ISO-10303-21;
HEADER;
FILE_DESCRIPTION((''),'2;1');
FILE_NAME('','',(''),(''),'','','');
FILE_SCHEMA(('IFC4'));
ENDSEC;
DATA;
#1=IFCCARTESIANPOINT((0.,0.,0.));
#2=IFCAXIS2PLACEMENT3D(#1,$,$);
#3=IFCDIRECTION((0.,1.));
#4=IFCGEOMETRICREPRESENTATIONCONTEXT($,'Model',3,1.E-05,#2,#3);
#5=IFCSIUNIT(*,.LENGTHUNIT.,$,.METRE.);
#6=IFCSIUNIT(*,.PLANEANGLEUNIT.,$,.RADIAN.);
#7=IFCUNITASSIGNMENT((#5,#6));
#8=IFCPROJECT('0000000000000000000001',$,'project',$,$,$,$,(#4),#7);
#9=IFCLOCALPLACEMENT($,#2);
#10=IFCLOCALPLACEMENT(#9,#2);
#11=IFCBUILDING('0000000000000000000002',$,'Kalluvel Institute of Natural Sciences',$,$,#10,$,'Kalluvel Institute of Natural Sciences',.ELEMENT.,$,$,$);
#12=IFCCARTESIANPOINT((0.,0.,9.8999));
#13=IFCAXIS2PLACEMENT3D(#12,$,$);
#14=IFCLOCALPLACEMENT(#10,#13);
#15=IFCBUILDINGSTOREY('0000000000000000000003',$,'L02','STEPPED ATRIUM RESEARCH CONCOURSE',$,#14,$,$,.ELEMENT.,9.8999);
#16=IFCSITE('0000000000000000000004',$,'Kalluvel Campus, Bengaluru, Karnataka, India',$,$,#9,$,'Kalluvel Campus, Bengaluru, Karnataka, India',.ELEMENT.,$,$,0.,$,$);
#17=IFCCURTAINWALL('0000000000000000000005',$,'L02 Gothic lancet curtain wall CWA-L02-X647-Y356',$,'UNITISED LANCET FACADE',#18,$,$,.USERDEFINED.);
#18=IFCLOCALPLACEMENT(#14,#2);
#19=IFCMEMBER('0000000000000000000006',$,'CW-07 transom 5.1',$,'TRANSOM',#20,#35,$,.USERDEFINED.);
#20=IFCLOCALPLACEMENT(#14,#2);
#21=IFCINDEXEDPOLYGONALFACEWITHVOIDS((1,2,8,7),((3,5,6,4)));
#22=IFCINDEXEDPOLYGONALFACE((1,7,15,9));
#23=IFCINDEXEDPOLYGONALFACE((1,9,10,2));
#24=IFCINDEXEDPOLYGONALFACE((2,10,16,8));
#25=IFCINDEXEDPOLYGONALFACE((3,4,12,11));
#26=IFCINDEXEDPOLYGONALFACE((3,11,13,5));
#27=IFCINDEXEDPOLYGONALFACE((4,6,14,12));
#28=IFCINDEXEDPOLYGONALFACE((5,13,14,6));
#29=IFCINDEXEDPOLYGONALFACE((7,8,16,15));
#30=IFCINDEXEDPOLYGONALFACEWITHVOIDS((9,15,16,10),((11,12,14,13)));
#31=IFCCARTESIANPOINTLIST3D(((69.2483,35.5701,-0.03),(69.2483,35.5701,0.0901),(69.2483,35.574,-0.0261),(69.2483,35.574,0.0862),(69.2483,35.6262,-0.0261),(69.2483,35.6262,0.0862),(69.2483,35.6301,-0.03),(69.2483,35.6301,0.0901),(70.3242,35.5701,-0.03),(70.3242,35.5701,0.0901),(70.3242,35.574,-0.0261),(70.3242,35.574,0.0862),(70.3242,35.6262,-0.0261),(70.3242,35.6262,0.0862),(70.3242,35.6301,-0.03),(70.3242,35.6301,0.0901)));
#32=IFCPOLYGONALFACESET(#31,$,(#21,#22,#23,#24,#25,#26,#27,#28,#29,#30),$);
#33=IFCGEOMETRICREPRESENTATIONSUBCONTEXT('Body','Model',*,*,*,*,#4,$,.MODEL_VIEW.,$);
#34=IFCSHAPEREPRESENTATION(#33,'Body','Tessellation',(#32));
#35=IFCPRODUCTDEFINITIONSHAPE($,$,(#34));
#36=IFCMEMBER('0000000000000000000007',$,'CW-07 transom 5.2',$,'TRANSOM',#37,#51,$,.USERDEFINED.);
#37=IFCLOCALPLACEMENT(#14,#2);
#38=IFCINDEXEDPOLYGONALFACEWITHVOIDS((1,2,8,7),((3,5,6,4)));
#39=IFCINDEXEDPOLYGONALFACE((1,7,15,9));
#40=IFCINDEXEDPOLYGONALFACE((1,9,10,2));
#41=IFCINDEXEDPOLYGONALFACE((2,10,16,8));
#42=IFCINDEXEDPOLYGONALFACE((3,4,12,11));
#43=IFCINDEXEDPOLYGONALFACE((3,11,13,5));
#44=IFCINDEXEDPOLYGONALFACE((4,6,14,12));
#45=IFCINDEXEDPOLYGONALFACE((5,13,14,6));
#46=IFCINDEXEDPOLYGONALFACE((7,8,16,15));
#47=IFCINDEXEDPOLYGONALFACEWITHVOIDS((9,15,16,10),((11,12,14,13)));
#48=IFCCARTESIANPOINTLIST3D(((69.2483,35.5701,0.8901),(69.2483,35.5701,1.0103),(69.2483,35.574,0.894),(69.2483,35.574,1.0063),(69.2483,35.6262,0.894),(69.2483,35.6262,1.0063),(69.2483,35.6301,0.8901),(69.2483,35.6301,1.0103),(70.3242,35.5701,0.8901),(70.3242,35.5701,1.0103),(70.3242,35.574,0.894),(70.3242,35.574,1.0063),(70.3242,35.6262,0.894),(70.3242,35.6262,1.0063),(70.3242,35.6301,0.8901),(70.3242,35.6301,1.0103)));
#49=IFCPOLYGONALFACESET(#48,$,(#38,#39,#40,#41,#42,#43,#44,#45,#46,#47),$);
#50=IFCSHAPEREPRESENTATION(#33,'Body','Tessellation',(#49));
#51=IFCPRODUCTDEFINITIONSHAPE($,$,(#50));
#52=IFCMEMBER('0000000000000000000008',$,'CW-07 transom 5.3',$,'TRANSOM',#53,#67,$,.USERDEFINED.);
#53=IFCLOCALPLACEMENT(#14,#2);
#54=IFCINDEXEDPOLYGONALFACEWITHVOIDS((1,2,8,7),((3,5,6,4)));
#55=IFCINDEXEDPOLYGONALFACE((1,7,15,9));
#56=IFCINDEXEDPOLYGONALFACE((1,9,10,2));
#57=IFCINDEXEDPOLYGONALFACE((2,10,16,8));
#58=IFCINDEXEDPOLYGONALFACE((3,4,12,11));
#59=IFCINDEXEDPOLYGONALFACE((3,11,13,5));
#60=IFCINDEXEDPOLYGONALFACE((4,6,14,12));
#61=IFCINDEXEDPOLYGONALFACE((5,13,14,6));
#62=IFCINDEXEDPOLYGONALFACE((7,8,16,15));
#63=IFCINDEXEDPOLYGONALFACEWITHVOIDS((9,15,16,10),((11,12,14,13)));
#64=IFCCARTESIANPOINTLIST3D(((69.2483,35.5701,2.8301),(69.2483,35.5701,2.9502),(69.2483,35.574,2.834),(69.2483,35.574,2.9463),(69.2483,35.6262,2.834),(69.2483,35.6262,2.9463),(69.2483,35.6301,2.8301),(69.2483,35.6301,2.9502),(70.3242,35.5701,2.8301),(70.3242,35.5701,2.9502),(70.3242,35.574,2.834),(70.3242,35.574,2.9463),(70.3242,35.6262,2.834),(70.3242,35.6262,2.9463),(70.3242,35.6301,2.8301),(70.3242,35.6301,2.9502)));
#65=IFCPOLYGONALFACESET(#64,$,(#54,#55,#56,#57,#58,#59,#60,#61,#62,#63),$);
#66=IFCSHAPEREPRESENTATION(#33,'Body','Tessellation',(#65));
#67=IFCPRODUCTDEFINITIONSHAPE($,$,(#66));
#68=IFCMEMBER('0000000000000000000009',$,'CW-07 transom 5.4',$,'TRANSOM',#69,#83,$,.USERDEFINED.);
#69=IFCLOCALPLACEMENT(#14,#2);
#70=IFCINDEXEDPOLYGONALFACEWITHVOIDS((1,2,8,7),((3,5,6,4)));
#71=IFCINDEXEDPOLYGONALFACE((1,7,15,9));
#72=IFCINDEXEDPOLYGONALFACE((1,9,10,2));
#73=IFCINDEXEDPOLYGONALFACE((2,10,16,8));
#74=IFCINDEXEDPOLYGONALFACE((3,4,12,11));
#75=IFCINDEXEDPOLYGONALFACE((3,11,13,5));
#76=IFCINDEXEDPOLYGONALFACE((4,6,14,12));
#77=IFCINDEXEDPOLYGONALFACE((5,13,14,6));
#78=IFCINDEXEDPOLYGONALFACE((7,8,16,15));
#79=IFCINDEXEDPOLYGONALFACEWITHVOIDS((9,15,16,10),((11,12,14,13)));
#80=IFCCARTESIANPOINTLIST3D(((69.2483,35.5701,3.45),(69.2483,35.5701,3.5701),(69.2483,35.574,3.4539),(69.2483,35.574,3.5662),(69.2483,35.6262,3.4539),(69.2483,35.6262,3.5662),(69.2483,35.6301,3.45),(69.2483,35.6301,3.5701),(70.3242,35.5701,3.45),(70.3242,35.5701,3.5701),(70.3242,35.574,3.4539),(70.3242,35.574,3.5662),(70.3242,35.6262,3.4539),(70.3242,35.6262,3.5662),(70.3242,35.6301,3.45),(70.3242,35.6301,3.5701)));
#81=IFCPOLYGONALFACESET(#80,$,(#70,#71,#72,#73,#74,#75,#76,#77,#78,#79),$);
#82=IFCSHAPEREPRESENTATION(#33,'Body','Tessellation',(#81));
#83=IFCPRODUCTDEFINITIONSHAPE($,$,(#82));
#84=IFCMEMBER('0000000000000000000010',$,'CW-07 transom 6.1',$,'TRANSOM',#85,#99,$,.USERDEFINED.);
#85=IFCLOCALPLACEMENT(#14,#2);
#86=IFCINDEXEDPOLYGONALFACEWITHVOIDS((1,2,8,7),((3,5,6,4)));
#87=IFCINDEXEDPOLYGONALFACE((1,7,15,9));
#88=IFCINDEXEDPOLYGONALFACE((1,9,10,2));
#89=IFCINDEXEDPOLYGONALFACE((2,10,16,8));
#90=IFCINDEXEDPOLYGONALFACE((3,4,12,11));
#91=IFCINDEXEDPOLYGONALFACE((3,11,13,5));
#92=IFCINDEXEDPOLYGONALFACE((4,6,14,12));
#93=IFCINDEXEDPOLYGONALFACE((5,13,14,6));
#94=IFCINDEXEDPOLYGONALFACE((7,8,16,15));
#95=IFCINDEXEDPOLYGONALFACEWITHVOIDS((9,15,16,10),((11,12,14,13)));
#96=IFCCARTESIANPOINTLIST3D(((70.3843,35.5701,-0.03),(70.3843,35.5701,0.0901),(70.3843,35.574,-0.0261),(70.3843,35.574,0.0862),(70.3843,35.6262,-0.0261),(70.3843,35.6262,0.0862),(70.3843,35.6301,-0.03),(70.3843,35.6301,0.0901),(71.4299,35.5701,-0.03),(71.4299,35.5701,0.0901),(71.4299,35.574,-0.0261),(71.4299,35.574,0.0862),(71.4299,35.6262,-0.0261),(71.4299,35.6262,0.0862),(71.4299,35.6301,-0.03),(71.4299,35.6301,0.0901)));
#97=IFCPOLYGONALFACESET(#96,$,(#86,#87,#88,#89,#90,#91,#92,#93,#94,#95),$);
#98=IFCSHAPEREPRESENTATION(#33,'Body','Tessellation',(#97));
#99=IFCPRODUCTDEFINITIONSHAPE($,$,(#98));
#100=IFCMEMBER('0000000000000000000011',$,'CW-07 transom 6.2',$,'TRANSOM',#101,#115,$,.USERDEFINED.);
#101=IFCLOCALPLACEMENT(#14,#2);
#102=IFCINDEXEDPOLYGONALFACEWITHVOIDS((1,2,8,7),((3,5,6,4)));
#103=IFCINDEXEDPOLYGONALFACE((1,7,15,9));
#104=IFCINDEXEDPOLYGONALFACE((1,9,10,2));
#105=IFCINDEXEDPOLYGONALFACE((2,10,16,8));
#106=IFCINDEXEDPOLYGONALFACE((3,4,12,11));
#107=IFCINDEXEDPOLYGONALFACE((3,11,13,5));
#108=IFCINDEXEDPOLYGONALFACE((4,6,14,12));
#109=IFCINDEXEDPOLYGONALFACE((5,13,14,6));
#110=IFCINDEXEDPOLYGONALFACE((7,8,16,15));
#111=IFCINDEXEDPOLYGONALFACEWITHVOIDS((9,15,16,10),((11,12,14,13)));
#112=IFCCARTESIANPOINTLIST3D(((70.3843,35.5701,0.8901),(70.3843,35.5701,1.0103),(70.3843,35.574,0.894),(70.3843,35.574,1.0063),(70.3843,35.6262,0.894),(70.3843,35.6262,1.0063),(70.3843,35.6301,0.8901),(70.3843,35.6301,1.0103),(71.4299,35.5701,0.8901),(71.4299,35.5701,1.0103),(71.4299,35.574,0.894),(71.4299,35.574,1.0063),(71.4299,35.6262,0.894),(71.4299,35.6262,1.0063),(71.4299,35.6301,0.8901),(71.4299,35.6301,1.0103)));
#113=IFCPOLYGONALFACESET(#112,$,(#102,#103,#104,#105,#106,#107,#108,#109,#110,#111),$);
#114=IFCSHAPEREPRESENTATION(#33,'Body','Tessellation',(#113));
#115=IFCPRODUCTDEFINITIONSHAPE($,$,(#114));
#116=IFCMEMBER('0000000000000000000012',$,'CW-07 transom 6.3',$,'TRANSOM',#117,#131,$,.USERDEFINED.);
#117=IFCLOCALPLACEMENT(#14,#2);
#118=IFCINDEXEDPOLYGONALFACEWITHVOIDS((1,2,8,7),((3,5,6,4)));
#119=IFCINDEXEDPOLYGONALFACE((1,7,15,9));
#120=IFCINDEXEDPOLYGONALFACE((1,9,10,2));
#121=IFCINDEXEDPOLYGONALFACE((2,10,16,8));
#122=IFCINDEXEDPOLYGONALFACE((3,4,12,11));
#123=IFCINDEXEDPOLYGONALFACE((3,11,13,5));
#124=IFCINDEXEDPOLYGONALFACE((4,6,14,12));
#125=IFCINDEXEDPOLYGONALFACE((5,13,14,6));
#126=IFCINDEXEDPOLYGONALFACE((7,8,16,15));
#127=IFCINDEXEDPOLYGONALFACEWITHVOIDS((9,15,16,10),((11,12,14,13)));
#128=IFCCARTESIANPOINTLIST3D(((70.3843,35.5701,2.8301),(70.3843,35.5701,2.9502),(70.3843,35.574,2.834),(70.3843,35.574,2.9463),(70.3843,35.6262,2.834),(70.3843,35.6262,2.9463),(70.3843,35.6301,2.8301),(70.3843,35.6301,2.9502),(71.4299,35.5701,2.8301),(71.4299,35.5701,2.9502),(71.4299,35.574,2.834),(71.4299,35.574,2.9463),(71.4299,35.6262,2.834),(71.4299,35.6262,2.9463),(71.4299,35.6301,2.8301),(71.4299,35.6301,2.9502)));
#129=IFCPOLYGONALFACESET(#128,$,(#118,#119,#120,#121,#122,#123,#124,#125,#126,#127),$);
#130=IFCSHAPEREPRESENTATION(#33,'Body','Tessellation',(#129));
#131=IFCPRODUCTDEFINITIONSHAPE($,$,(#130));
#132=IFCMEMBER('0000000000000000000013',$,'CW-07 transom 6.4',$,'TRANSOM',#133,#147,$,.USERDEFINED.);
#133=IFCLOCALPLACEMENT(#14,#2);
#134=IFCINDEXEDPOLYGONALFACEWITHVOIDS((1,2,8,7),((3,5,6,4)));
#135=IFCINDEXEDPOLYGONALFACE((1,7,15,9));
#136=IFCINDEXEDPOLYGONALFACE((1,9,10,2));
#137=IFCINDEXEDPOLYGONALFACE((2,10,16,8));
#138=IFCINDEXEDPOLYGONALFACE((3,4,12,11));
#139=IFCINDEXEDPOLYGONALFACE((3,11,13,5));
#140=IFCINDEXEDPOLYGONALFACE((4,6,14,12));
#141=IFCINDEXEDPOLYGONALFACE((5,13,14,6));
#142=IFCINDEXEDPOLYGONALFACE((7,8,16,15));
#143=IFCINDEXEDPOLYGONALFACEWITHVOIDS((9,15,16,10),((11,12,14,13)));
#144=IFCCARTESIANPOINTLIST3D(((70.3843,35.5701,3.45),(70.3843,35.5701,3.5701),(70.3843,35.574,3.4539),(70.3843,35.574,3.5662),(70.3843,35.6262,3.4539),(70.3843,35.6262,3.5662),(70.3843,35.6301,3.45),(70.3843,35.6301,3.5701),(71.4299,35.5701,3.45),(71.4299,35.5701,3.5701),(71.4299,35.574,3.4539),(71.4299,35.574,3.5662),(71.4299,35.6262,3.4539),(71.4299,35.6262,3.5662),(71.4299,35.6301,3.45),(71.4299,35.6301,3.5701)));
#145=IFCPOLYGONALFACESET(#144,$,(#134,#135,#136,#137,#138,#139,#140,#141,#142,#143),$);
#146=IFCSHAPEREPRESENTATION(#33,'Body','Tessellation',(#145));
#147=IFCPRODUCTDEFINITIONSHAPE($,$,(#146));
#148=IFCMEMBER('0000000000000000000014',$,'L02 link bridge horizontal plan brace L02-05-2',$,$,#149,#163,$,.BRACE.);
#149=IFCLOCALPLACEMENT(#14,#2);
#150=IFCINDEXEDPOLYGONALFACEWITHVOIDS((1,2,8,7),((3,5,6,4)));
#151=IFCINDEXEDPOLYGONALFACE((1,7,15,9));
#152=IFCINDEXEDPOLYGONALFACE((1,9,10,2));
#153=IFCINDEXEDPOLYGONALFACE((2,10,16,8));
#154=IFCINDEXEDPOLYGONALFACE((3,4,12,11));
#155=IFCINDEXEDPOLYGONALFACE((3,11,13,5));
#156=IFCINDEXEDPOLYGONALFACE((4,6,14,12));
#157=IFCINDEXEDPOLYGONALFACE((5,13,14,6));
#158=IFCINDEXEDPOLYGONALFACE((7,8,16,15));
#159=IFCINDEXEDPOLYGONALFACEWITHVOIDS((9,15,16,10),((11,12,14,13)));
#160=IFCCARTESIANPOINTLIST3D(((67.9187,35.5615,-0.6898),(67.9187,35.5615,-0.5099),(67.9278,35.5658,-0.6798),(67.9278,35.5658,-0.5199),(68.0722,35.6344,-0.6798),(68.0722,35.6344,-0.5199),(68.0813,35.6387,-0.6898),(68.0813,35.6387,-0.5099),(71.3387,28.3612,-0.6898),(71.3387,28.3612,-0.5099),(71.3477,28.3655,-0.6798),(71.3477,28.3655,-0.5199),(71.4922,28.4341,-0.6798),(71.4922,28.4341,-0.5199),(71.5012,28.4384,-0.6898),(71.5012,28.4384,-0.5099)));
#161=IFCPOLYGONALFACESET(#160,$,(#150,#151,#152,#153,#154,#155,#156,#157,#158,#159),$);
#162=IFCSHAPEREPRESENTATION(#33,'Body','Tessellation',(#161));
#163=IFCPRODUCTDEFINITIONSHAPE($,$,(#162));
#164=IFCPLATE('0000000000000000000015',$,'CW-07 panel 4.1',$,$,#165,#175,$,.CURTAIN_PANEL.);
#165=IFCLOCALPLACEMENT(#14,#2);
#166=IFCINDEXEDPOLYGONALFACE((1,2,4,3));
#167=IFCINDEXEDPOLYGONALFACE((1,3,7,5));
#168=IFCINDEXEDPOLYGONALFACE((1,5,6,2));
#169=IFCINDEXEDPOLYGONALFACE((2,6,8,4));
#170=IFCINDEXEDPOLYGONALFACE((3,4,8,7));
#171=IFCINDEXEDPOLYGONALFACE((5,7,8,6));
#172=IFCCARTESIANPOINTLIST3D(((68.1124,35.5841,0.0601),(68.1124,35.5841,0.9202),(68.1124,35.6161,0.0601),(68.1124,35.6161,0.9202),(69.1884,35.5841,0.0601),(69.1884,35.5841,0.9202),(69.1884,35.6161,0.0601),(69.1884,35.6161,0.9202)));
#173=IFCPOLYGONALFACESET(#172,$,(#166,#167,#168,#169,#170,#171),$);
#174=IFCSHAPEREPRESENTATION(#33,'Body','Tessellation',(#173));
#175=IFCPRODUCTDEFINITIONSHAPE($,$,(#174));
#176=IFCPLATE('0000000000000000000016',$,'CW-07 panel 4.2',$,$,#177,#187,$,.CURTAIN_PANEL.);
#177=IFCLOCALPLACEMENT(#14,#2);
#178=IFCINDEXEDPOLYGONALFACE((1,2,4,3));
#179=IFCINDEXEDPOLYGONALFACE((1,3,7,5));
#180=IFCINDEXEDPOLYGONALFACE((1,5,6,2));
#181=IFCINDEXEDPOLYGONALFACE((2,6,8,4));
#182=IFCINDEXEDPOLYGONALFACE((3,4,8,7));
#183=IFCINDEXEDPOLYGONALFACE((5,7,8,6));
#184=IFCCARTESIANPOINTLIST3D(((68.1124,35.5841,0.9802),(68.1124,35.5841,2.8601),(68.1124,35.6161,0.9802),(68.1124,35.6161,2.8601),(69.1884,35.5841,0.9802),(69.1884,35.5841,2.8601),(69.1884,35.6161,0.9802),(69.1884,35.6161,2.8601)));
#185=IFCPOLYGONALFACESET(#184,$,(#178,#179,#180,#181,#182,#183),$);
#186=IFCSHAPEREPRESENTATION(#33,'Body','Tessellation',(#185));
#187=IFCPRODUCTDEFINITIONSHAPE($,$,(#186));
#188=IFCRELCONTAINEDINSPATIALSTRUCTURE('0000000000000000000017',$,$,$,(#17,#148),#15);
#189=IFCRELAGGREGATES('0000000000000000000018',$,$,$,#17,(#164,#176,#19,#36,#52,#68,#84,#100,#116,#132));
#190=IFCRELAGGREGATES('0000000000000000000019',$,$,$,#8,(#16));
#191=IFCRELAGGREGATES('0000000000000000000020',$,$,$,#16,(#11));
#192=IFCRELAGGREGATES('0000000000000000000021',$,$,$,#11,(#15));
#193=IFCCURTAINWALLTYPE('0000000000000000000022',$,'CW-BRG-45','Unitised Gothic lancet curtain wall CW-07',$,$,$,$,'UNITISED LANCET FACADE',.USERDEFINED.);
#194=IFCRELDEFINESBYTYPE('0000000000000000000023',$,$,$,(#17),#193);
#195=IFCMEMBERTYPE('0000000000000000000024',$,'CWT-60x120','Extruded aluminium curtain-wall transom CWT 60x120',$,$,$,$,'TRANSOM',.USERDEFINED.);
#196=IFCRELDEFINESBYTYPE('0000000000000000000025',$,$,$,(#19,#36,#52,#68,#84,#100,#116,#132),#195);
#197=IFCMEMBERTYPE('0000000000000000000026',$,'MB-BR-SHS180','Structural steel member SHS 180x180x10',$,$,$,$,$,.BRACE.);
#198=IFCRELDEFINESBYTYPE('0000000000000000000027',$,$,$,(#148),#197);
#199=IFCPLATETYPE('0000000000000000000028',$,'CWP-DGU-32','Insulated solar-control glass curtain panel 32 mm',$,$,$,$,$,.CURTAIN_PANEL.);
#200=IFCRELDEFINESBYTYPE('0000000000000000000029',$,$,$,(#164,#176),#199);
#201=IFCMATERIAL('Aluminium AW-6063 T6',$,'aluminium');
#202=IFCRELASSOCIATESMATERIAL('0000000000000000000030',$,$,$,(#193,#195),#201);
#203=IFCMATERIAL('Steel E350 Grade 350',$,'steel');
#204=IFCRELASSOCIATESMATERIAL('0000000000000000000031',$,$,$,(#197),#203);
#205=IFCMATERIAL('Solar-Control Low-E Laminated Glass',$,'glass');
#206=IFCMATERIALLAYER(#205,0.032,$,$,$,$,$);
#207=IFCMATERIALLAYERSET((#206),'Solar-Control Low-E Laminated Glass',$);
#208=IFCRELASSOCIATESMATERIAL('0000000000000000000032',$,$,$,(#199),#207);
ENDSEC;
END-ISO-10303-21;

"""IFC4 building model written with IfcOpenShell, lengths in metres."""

from ifc_helpers import new_model, si_unit, direction, frame, origin, origin_2d, place, context, subcontext, project, spatial, rectangle, hollow_rectangle, extrude, material, layer, layer_set, material_profile, profile_set, type_object, element, aggregate, save


model = new_model("IFC4")

# Units and contexts
model_context = context("Model", 3, precision=1e-05, world=origin(), true_north=direction((0.0, 1.0)))
body_context = subcontext(model_context, "Body", "Model", "MODEL_VIEW")
ifc_project = project(units=[si_unit("LENGTHUNIT", "METRE"), si_unit("PLANEANGLEUNIT", "RADIAN")], contexts=[model_context])

# Site, building, storey
site_placement = place(None, origin())
site = spatial("IfcSite", under=ifc_project, at=site_placement, Name="Kalluvel Campus, Bengaluru, Karnataka, India", LongName="Kalluvel Campus, Bengaluru, Karnataka, India", CompositionType="ELEMENT", RefElevation=0.0)
building_placement = place(site_placement, origin())
building = spatial("IfcBuilding", under=site, at=building_placement, Name="Kalluvel Institute of Natural Sciences", LongName="Kalluvel Institute of Natural Sciences", CompositionType="ELEMENT")
storey_placement = place(building_placement, frame((0.0, 0.0, 9.8999)))
storey = spatial("IfcBuildingStorey", under=building, at=storey_placement, Name="L02", Description="STEPPED ATRIUM RESEARCH CONCOURSE", CompositionType="ELEMENT", Elevation=9.8999)

# Shared definitions
ifc_material_1 = material(Name="Steel E350 Grade 350", Category="steel")

# Curtain wall, members
ifc_material_2 = material(Name="Aluminium AW-6063 T6", Category="aluminium")
curtain_wall_type = type_object("IfcCurtainWallType", Name="CW-BRG-45", Description="Unitised Gothic lancet curtain wall CW-07", ElementType="UNITISED LANCET FACADE", PredefinedType="USERDEFINED", material=ifc_material_2)
curtain_wall_placement = place(storey_placement, origin())
curtain_wall = element("IfcCurtainWall", 1, at=curtain_wall_placement, inside=storey, type_object=curtain_wall_type, Name="L02 Gothic lancet curtain wall CWA-L02-X647-Y356", ObjectType="UNITISED LANCET FACADE", PredefinedType="USERDEFINED")
ifc_material_profile_1 = material_profile(ifc_material_2, hollow_rectangle(XDim=0.0601, YDim=0.1201, WallThickness=0.0039, at=origin_2d()), Name="CWT 60x120")
ifc_profile_set_1 = profile_set([ifc_material_profile_1], Name="Aluminium AW-6063 T6")
member_type_1 = type_object("IfcMemberType", Name="CWT-60x120", Description="Extruded aluminium curtain-wall transom CWT 60x120", ElementType="TRANSOM", PredefinedType="USERDEFINED", material=ifc_profile_set_1)
member_1_placement = place(storey_placement, frame((69.2483, 35.6001, 0.03), z_axis=(1.0, 0.0, 0.0), x_axis=(0.0, 1.0, 0.0)))
member_1 = element("IfcMember", 2, at=member_1_placement, type_object=member_type_1, Name="CW-07 transom 5.1", ObjectType="TRANSOM", PredefinedType="USERDEFINED", context=body_context, shape_type="SweptSolid", body=[
    extrude(hollow_rectangle(XDim=0.0601, YDim=0.1201, WallThickness=0.0039, at=origin_2d()), origin(), (0.0, 0.0, 1.0), 1.0759),
])
member_2_placement = place(storey_placement, frame((69.2483, 35.6001, 0.9502), z_axis=(1.0, 0.0, 0.0), x_axis=(0.0, 1.0, 0.0)))
member_2 = element("IfcMember", 3, at=member_2_placement, type_object=member_type_1, Name="CW-07 transom 5.2", ObjectType="TRANSOM", PredefinedType="USERDEFINED", context=body_context, shape_type="SweptSolid", body=[
    extrude(hollow_rectangle(XDim=0.0601, YDim=0.1201, WallThickness=0.0039, at=origin_2d()), origin(), (0.0, 0.0, 1.0), 1.0759),
])
member_3_placement = place(storey_placement, frame((69.2483, 35.6001, 2.8901), z_axis=(1.0, 0.0, 0.0), x_axis=(0.0, 1.0, 0.0)))
member_3 = element("IfcMember", 4, at=member_3_placement, type_object=member_type_1, Name="CW-07 transom 5.3", ObjectType="TRANSOM", PredefinedType="USERDEFINED", context=body_context, shape_type="SweptSolid", body=[
    extrude(hollow_rectangle(XDim=0.0601, YDim=0.1201, WallThickness=0.0039, at=origin_2d()), origin(), (0.0, 0.0, 1.0), 1.0759),
])
member_4_placement = place(storey_placement, frame((69.2483, 35.6001, 3.51), z_axis=(1.0, 0.0, 0.0), x_axis=(0.0, 1.0, 0.0)))
member_4 = element("IfcMember", 5, at=member_4_placement, type_object=member_type_1, Name="CW-07 transom 5.4", ObjectType="TRANSOM", PredefinedType="USERDEFINED", context=body_context, shape_type="SweptSolid", body=[
    extrude(hollow_rectangle(XDim=0.0601, YDim=0.1201, WallThickness=0.0039, at=origin_2d()), origin(), (0.0, 0.0, 1.0), 1.0759),
])
member_5_placement = place(storey_placement, frame((70.3843, 35.6001, 0.03), z_axis=(1.0, 0.0, 0.0), x_axis=(0.0, 1.0, 0.0)))
member_5 = element("IfcMember", 6, at=member_5_placement, type_object=member_type_1, Name="CW-07 transom 6.1", ObjectType="TRANSOM", PredefinedType="USERDEFINED", context=body_context, shape_type="SweptSolid", body=[
    extrude(hollow_rectangle(XDim=0.0601, YDim=0.1201, WallThickness=0.0039, at=origin_2d()), origin(), (0.0, 0.0, 1.0), 1.0457),
])
member_6_placement = place(storey_placement, frame((70.3843, 35.6001, 0.9502), z_axis=(1.0, 0.0, 0.0), x_axis=(0.0, 1.0, 0.0)))
member_6 = element("IfcMember", 7, at=member_6_placement, type_object=member_type_1, Name="CW-07 transom 6.2", ObjectType="TRANSOM", PredefinedType="USERDEFINED", context=body_context, shape_type="SweptSolid", body=[
    extrude(hollow_rectangle(XDim=0.0601, YDim=0.1201, WallThickness=0.0039, at=origin_2d()), origin(), (0.0, 0.0, 1.0), 1.0457),
])
member_7_placement = place(storey_placement, frame((70.3843, 35.6001, 2.8901), z_axis=(1.0, 0.0, 0.0), x_axis=(0.0, 1.0, 0.0)))
member_7 = element("IfcMember", 8, at=member_7_placement, type_object=member_type_1, Name="CW-07 transom 6.3", ObjectType="TRANSOM", PredefinedType="USERDEFINED", context=body_context, shape_type="SweptSolid", body=[
    extrude(hollow_rectangle(XDim=0.0601, YDim=0.1201, WallThickness=0.0039, at=origin_2d()), origin(), (0.0, 0.0, 1.0), 1.0457),
])
member_8_placement = place(storey_placement, frame((70.3843, 35.6001, 3.51), z_axis=(1.0, 0.0, 0.0), x_axis=(0.0, 1.0, 0.0)))
member_8 = element("IfcMember", 9, at=member_8_placement, type_object=member_type_1, Name="CW-07 transom 6.4", ObjectType="TRANSOM", PredefinedType="USERDEFINED", context=body_context, shape_type="SweptSolid", body=[
    extrude(hollow_rectangle(XDim=0.0601, YDim=0.1201, WallThickness=0.0039, at=origin_2d()), origin(), (0.0, 0.0, 1.0), 1.0457),
])

# Member
ifc_material_profile_2 = material_profile(ifc_material_1, hollow_rectangle(XDim=0.1799, YDim=0.1799, WallThickness=0.01, at=origin_2d()), Name="SHS 180x180x10")
ifc_profile_set_2 = profile_set([ifc_material_profile_2], Name="Steel E350 Grade 350")
member_type_2 = type_object("IfcMemberType", Name="MB-BR-SHS180", Description="Structural steel member SHS 180x180x10", PredefinedType="BRACE", material=ifc_profile_set_2)
member_9_placement = place(storey_placement, frame((68.0, 35.6001, -0.5999), z_axis=(0.429039, -0.903286, 0.0), x_axis=(0.903286, 0.429039, 0.0)))
element("IfcMember", 10, at=member_9_placement, inside=storey, type_object=member_type_2, Name="L02 link bridge horizontal plan brace L02-05-2", PredefinedType="BRACE", context=body_context, shape_type="SweptSolid", body=[
    extrude(hollow_rectangle(XDim=0.1799, YDim=0.1799, WallThickness=0.01, at=origin_2d()), origin(), (0.0, 0.0, 1.0), 7.9712),
])

# Plates
ifc_material_3 = material(Name="Solar-Control Low-E Laminated Glass", Category="glass")
ifc_layer_1 = layer(ifc_material_3, 0.032)
ifc_layer_set_1 = layer_set([ifc_layer_1], Name="Solar-Control Low-E Laminated Glass")
plate_type_1 = type_object("IfcPlateType", Name="CWP-DGU-32", Description="Insulated solar-control glass curtain panel 32 mm", PredefinedType="CURTAIN_PANEL", material=ifc_layer_set_1)
plate_1_placement = place(storey_placement, frame((68.6504, 35.6001, 0.0601), z_axis=(0.0, 0.0, 1.0), x_axis=(1.0, 0.0, 0.0)))
plate_1 = element("IfcPlate", 11, at=plate_1_placement, type_object=plate_type_1, Name="CW-07 panel 4.1", PredefinedType="CURTAIN_PANEL", context=body_context, shape_type="SweptSolid", body=[
    extrude(rectangle(XDim=1.0759, YDim=0.032, at=origin_2d()), origin(), (0.0, 0.0, 1.0), 0.8601),
])
plate_2_placement = place(storey_placement, frame((68.6504, 35.6001, 0.9802), z_axis=(0.0, 0.0, 1.0), x_axis=(1.0, 0.0, 0.0)))
plate_2 = element("IfcPlate", 12, at=plate_2_placement, type_object=plate_type_1, Name="CW-07 panel 4.2", PredefinedType="CURTAIN_PANEL", context=body_context, shape_type="SweptSolid", body=[
    extrude(rectangle(XDim=1.0759, YDim=0.032, at=origin_2d()), origin(), (0.0, 0.0, 1.0), 1.8799),
])
aggregate(curtain_wall, [plate_1, plate_2, member_1, member_2, member_3, member_4, member_5, member_6, member_7, member_8])

save(model, "model.ifc")
